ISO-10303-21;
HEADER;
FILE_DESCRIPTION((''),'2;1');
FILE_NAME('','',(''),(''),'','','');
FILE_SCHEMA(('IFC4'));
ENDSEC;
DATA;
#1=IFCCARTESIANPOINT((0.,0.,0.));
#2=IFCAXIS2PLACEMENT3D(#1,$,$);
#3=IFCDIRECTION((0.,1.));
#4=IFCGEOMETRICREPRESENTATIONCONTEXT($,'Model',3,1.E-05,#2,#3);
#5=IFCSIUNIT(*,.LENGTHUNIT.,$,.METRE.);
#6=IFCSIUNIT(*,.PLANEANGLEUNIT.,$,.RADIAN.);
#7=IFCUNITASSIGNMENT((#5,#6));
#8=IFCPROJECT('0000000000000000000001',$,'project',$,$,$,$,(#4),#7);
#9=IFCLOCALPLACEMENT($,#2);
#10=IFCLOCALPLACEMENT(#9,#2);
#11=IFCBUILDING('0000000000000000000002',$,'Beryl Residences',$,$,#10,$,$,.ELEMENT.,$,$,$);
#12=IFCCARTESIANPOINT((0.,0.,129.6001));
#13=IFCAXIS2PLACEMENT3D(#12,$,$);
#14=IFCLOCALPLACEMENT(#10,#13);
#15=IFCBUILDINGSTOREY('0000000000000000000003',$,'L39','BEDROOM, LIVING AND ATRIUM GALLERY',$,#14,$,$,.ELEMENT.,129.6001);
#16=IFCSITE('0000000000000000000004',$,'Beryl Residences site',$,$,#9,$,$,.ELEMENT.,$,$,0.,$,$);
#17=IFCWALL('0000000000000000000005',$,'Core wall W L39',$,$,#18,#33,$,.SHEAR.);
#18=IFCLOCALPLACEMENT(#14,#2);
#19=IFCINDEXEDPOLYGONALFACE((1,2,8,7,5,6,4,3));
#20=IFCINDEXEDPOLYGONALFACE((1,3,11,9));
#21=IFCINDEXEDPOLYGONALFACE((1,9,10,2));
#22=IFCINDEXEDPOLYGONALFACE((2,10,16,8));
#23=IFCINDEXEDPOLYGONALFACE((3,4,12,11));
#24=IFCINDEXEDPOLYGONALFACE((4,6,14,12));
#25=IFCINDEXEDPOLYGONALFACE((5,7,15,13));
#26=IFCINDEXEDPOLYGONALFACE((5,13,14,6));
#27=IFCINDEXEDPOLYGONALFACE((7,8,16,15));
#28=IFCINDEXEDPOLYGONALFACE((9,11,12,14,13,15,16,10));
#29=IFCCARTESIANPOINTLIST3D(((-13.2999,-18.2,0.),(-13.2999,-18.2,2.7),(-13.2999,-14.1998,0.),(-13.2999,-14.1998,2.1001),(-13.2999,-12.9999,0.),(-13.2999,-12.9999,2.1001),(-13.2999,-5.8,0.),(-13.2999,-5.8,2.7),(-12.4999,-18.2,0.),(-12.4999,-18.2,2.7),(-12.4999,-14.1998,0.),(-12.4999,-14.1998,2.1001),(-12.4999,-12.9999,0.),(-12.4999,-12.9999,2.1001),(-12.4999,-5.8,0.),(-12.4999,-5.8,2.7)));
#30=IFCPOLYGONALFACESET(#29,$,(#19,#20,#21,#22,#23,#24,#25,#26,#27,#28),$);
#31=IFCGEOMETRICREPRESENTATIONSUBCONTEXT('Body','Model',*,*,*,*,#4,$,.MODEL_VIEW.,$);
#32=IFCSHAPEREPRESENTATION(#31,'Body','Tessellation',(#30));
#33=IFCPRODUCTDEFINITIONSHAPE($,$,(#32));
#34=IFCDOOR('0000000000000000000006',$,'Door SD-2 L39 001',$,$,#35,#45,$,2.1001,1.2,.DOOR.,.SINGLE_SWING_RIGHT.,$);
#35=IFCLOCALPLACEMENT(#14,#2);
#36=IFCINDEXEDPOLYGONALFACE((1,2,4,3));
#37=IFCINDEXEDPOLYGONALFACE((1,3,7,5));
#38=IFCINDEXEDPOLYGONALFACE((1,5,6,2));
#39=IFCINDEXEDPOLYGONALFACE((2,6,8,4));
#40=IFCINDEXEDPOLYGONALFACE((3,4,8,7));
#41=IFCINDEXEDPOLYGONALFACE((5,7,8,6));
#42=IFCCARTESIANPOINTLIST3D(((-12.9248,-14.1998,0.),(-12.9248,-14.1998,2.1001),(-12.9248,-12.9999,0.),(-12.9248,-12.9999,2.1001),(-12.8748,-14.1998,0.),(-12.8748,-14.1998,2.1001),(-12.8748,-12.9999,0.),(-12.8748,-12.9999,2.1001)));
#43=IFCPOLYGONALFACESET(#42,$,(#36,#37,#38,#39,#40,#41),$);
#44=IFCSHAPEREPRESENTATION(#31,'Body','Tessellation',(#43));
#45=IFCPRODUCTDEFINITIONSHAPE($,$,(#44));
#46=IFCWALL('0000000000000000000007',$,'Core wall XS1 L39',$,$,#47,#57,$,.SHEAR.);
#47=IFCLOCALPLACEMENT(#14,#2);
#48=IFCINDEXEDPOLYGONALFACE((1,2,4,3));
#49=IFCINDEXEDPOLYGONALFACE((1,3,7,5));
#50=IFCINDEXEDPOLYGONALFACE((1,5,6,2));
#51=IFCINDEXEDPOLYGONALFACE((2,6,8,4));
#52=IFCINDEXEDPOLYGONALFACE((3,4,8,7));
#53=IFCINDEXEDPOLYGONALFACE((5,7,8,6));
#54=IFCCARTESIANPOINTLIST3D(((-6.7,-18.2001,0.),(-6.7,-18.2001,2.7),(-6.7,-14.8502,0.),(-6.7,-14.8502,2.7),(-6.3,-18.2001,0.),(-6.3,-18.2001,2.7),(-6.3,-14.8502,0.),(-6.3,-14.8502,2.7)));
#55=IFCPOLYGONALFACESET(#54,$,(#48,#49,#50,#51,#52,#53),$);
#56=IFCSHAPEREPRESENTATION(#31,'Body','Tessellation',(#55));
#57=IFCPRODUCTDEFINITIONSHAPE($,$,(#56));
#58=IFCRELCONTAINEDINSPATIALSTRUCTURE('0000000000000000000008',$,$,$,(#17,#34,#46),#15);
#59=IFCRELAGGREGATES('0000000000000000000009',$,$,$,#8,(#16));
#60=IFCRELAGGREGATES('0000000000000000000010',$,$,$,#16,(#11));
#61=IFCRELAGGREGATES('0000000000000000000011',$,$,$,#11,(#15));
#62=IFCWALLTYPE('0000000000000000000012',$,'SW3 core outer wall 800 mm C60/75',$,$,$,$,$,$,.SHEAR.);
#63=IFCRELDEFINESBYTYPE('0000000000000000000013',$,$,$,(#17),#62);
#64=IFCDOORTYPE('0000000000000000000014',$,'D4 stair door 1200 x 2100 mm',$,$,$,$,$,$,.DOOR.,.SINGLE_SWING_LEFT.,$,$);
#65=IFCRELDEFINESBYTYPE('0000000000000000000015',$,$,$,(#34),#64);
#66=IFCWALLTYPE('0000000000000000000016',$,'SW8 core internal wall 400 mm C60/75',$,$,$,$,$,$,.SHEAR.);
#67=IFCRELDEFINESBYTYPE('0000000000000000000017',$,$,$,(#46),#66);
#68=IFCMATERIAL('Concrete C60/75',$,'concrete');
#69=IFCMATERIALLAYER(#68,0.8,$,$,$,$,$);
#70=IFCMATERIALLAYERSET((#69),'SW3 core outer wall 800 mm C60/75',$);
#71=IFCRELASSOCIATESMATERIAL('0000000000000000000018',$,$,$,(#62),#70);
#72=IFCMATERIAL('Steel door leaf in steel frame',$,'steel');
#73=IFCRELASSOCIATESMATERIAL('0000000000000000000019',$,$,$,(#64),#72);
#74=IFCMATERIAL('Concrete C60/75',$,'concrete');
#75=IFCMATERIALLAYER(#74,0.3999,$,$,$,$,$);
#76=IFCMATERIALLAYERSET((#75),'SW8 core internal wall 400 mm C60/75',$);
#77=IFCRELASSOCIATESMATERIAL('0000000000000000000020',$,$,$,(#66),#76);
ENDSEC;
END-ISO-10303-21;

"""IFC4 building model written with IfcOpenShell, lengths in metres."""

from ifc_helpers import new_model, si_unit, direction, frame, frame_2d, origin, place, context, subcontext, project, spatial, rectangle, extrude, material, layer, layer_set, type_object, element, fill, save


model = new_model("IFC4")

# Units and contexts
model_context = context("Model", 3, precision=1e-05, world=origin(), true_north=direction((0.0, 1.0)))
body_context = subcontext(model_context, "Body", "Model", "MODEL_VIEW")
ifc_project = project(units=[si_unit("LENGTHUNIT", "METRE"), si_unit("PLANEANGLEUNIT", "RADIAN")], contexts=[model_context])

# Site, building, storey
site_placement = place(None, origin())
site = spatial("IfcSite", under=ifc_project, at=site_placement, Name="Beryl Residences site", CompositionType="ELEMENT", RefElevation=0.0)
building_placement = place(site_placement, origin())
building = spatial("IfcBuilding", under=site, at=building_placement, Name="Beryl Residences", CompositionType="ELEMENT")
storey_placement = place(building_placement, frame((0.0, 0.0, 129.6001)))
storey = spatial("IfcBuildingStorey", under=building, at=storey_placement, Name="L39", Description="BEDROOM, LIVING AND ATRIUM GALLERY", CompositionType="ELEMENT", Elevation=129.6001)

# Shared definitions
ifc_material_1 = material(Name="Concrete C60/75", Category="concrete")
ifc_layer_1 = layer(ifc_material_1, 0.8)
ifc_layer_set_1 = layer_set([ifc_layer_1], Name="SW3 core outer wall 800 mm C60/75")
wall_type_1 = type_object("IfcWallType", Name="SW3 core outer wall 800 mm C60/75", PredefinedType="SHEAR", material=ifc_layer_set_1)

# Wall, opening, door
wall_1_placement = place(storey_placement, frame((-12.8999, -18.2, 0.0), z_axis=(0.0, 0.0, 1.0), x_axis=(0.0, 1.0, 0.0)))
wall_1 = element("IfcWall", 1, at=wall_1_placement, inside=storey, type_object=wall_type_1, Name="Core wall W L39", PredefinedType="SHEAR", context=body_context, shape_type="SweptSolid", body=[
    extrude(rectangle(XDim=12.3999, YDim=0.8, at=frame_2d((6.2, 0.0))), origin(), (0.0, 0.0, 1.0), 2.7),
])
opening_1_placement = place(wall_1_placement, frame((4.0, 0.0, 0.0)))
opening_1 = element("IfcOpeningElement", 2, at=opening_1_placement, cuts=wall_1, PredefinedType="OPENING", context=body_context, shape_type="SweptSolid", body=[
    extrude(rectangle(XDim=1.2, YDim=2.1001, at=frame_2d((0.6001, 1.05))), frame((0.0, 0.4099, 0.0), z_axis=(0.0, -1.0, 0.0), x_axis=(1.0, 0.0, 0.0)), (0.0, 0.0, 1.0), 0.8201),
])
ifc_material_2 = material(Name="Steel door leaf in steel frame", Category="steel")
door_type_1 = type_object("IfcDoorType", Name="D4 stair door 1200 x 2100 mm", OperationType="SINGLE_SWING_LEFT", PredefinedType="DOOR", material=ifc_material_2)
door_1_placement = place(opening_1_placement, origin())
door_1 = element("IfcDoor", 3, at=door_1_placement, inside=storey, type_object=door_type_1, Name="Door SD-2 L39 001", OperationType="SINGLE_SWING_RIGHT", OverallHeight=2.1001, OverallWidth=1.2, PredefinedType="DOOR", context=body_context, shape_type="SweptSolid", body=[
    extrude(rectangle(XDim=1.2, YDim=2.1001, at=frame_2d((0.6001, 1.05))), frame((0.0, 0.0249, 0.0), z_axis=(0.0, -1.0, 0.0), x_axis=(1.0, 0.0, 0.0)), (0.0, 0.0, 1.0), 0.05),
])
fill(opening_1, door_1)

# Wall
ifc_material_3 = material(Name="Concrete C60/75", Category="concrete")
ifc_layer_2 = layer(ifc_material_3, 0.3999)
ifc_layer_set_2 = layer_set([ifc_layer_2], Name="SW8 core internal wall 400 mm C60/75")
wall_type_2 = type_object("IfcWallType", Name="SW8 core internal wall 400 mm C60/75", PredefinedType="SHEAR", material=ifc_layer_set_2)
wall_2_placement = place(storey_placement, frame((-6.5, -18.2, 0.0), z_axis=(0.0, 0.0, 1.0), x_axis=(0.0, 1.0, 0.0)))
element("IfcWall", 4, at=wall_2_placement, inside=storey, type_object=wall_type_2, Name="Core wall XS1 L39", PredefinedType="SHEAR", context=body_context, shape_type="SweptSolid", body=[
    extrude(rectangle(XDim=3.3499, YDim=0.3999, at=frame_2d((1.6748, 0.0))), origin(), (0.0, 0.0, 1.0), 2.7),
])

save(model, "model.ifc")
